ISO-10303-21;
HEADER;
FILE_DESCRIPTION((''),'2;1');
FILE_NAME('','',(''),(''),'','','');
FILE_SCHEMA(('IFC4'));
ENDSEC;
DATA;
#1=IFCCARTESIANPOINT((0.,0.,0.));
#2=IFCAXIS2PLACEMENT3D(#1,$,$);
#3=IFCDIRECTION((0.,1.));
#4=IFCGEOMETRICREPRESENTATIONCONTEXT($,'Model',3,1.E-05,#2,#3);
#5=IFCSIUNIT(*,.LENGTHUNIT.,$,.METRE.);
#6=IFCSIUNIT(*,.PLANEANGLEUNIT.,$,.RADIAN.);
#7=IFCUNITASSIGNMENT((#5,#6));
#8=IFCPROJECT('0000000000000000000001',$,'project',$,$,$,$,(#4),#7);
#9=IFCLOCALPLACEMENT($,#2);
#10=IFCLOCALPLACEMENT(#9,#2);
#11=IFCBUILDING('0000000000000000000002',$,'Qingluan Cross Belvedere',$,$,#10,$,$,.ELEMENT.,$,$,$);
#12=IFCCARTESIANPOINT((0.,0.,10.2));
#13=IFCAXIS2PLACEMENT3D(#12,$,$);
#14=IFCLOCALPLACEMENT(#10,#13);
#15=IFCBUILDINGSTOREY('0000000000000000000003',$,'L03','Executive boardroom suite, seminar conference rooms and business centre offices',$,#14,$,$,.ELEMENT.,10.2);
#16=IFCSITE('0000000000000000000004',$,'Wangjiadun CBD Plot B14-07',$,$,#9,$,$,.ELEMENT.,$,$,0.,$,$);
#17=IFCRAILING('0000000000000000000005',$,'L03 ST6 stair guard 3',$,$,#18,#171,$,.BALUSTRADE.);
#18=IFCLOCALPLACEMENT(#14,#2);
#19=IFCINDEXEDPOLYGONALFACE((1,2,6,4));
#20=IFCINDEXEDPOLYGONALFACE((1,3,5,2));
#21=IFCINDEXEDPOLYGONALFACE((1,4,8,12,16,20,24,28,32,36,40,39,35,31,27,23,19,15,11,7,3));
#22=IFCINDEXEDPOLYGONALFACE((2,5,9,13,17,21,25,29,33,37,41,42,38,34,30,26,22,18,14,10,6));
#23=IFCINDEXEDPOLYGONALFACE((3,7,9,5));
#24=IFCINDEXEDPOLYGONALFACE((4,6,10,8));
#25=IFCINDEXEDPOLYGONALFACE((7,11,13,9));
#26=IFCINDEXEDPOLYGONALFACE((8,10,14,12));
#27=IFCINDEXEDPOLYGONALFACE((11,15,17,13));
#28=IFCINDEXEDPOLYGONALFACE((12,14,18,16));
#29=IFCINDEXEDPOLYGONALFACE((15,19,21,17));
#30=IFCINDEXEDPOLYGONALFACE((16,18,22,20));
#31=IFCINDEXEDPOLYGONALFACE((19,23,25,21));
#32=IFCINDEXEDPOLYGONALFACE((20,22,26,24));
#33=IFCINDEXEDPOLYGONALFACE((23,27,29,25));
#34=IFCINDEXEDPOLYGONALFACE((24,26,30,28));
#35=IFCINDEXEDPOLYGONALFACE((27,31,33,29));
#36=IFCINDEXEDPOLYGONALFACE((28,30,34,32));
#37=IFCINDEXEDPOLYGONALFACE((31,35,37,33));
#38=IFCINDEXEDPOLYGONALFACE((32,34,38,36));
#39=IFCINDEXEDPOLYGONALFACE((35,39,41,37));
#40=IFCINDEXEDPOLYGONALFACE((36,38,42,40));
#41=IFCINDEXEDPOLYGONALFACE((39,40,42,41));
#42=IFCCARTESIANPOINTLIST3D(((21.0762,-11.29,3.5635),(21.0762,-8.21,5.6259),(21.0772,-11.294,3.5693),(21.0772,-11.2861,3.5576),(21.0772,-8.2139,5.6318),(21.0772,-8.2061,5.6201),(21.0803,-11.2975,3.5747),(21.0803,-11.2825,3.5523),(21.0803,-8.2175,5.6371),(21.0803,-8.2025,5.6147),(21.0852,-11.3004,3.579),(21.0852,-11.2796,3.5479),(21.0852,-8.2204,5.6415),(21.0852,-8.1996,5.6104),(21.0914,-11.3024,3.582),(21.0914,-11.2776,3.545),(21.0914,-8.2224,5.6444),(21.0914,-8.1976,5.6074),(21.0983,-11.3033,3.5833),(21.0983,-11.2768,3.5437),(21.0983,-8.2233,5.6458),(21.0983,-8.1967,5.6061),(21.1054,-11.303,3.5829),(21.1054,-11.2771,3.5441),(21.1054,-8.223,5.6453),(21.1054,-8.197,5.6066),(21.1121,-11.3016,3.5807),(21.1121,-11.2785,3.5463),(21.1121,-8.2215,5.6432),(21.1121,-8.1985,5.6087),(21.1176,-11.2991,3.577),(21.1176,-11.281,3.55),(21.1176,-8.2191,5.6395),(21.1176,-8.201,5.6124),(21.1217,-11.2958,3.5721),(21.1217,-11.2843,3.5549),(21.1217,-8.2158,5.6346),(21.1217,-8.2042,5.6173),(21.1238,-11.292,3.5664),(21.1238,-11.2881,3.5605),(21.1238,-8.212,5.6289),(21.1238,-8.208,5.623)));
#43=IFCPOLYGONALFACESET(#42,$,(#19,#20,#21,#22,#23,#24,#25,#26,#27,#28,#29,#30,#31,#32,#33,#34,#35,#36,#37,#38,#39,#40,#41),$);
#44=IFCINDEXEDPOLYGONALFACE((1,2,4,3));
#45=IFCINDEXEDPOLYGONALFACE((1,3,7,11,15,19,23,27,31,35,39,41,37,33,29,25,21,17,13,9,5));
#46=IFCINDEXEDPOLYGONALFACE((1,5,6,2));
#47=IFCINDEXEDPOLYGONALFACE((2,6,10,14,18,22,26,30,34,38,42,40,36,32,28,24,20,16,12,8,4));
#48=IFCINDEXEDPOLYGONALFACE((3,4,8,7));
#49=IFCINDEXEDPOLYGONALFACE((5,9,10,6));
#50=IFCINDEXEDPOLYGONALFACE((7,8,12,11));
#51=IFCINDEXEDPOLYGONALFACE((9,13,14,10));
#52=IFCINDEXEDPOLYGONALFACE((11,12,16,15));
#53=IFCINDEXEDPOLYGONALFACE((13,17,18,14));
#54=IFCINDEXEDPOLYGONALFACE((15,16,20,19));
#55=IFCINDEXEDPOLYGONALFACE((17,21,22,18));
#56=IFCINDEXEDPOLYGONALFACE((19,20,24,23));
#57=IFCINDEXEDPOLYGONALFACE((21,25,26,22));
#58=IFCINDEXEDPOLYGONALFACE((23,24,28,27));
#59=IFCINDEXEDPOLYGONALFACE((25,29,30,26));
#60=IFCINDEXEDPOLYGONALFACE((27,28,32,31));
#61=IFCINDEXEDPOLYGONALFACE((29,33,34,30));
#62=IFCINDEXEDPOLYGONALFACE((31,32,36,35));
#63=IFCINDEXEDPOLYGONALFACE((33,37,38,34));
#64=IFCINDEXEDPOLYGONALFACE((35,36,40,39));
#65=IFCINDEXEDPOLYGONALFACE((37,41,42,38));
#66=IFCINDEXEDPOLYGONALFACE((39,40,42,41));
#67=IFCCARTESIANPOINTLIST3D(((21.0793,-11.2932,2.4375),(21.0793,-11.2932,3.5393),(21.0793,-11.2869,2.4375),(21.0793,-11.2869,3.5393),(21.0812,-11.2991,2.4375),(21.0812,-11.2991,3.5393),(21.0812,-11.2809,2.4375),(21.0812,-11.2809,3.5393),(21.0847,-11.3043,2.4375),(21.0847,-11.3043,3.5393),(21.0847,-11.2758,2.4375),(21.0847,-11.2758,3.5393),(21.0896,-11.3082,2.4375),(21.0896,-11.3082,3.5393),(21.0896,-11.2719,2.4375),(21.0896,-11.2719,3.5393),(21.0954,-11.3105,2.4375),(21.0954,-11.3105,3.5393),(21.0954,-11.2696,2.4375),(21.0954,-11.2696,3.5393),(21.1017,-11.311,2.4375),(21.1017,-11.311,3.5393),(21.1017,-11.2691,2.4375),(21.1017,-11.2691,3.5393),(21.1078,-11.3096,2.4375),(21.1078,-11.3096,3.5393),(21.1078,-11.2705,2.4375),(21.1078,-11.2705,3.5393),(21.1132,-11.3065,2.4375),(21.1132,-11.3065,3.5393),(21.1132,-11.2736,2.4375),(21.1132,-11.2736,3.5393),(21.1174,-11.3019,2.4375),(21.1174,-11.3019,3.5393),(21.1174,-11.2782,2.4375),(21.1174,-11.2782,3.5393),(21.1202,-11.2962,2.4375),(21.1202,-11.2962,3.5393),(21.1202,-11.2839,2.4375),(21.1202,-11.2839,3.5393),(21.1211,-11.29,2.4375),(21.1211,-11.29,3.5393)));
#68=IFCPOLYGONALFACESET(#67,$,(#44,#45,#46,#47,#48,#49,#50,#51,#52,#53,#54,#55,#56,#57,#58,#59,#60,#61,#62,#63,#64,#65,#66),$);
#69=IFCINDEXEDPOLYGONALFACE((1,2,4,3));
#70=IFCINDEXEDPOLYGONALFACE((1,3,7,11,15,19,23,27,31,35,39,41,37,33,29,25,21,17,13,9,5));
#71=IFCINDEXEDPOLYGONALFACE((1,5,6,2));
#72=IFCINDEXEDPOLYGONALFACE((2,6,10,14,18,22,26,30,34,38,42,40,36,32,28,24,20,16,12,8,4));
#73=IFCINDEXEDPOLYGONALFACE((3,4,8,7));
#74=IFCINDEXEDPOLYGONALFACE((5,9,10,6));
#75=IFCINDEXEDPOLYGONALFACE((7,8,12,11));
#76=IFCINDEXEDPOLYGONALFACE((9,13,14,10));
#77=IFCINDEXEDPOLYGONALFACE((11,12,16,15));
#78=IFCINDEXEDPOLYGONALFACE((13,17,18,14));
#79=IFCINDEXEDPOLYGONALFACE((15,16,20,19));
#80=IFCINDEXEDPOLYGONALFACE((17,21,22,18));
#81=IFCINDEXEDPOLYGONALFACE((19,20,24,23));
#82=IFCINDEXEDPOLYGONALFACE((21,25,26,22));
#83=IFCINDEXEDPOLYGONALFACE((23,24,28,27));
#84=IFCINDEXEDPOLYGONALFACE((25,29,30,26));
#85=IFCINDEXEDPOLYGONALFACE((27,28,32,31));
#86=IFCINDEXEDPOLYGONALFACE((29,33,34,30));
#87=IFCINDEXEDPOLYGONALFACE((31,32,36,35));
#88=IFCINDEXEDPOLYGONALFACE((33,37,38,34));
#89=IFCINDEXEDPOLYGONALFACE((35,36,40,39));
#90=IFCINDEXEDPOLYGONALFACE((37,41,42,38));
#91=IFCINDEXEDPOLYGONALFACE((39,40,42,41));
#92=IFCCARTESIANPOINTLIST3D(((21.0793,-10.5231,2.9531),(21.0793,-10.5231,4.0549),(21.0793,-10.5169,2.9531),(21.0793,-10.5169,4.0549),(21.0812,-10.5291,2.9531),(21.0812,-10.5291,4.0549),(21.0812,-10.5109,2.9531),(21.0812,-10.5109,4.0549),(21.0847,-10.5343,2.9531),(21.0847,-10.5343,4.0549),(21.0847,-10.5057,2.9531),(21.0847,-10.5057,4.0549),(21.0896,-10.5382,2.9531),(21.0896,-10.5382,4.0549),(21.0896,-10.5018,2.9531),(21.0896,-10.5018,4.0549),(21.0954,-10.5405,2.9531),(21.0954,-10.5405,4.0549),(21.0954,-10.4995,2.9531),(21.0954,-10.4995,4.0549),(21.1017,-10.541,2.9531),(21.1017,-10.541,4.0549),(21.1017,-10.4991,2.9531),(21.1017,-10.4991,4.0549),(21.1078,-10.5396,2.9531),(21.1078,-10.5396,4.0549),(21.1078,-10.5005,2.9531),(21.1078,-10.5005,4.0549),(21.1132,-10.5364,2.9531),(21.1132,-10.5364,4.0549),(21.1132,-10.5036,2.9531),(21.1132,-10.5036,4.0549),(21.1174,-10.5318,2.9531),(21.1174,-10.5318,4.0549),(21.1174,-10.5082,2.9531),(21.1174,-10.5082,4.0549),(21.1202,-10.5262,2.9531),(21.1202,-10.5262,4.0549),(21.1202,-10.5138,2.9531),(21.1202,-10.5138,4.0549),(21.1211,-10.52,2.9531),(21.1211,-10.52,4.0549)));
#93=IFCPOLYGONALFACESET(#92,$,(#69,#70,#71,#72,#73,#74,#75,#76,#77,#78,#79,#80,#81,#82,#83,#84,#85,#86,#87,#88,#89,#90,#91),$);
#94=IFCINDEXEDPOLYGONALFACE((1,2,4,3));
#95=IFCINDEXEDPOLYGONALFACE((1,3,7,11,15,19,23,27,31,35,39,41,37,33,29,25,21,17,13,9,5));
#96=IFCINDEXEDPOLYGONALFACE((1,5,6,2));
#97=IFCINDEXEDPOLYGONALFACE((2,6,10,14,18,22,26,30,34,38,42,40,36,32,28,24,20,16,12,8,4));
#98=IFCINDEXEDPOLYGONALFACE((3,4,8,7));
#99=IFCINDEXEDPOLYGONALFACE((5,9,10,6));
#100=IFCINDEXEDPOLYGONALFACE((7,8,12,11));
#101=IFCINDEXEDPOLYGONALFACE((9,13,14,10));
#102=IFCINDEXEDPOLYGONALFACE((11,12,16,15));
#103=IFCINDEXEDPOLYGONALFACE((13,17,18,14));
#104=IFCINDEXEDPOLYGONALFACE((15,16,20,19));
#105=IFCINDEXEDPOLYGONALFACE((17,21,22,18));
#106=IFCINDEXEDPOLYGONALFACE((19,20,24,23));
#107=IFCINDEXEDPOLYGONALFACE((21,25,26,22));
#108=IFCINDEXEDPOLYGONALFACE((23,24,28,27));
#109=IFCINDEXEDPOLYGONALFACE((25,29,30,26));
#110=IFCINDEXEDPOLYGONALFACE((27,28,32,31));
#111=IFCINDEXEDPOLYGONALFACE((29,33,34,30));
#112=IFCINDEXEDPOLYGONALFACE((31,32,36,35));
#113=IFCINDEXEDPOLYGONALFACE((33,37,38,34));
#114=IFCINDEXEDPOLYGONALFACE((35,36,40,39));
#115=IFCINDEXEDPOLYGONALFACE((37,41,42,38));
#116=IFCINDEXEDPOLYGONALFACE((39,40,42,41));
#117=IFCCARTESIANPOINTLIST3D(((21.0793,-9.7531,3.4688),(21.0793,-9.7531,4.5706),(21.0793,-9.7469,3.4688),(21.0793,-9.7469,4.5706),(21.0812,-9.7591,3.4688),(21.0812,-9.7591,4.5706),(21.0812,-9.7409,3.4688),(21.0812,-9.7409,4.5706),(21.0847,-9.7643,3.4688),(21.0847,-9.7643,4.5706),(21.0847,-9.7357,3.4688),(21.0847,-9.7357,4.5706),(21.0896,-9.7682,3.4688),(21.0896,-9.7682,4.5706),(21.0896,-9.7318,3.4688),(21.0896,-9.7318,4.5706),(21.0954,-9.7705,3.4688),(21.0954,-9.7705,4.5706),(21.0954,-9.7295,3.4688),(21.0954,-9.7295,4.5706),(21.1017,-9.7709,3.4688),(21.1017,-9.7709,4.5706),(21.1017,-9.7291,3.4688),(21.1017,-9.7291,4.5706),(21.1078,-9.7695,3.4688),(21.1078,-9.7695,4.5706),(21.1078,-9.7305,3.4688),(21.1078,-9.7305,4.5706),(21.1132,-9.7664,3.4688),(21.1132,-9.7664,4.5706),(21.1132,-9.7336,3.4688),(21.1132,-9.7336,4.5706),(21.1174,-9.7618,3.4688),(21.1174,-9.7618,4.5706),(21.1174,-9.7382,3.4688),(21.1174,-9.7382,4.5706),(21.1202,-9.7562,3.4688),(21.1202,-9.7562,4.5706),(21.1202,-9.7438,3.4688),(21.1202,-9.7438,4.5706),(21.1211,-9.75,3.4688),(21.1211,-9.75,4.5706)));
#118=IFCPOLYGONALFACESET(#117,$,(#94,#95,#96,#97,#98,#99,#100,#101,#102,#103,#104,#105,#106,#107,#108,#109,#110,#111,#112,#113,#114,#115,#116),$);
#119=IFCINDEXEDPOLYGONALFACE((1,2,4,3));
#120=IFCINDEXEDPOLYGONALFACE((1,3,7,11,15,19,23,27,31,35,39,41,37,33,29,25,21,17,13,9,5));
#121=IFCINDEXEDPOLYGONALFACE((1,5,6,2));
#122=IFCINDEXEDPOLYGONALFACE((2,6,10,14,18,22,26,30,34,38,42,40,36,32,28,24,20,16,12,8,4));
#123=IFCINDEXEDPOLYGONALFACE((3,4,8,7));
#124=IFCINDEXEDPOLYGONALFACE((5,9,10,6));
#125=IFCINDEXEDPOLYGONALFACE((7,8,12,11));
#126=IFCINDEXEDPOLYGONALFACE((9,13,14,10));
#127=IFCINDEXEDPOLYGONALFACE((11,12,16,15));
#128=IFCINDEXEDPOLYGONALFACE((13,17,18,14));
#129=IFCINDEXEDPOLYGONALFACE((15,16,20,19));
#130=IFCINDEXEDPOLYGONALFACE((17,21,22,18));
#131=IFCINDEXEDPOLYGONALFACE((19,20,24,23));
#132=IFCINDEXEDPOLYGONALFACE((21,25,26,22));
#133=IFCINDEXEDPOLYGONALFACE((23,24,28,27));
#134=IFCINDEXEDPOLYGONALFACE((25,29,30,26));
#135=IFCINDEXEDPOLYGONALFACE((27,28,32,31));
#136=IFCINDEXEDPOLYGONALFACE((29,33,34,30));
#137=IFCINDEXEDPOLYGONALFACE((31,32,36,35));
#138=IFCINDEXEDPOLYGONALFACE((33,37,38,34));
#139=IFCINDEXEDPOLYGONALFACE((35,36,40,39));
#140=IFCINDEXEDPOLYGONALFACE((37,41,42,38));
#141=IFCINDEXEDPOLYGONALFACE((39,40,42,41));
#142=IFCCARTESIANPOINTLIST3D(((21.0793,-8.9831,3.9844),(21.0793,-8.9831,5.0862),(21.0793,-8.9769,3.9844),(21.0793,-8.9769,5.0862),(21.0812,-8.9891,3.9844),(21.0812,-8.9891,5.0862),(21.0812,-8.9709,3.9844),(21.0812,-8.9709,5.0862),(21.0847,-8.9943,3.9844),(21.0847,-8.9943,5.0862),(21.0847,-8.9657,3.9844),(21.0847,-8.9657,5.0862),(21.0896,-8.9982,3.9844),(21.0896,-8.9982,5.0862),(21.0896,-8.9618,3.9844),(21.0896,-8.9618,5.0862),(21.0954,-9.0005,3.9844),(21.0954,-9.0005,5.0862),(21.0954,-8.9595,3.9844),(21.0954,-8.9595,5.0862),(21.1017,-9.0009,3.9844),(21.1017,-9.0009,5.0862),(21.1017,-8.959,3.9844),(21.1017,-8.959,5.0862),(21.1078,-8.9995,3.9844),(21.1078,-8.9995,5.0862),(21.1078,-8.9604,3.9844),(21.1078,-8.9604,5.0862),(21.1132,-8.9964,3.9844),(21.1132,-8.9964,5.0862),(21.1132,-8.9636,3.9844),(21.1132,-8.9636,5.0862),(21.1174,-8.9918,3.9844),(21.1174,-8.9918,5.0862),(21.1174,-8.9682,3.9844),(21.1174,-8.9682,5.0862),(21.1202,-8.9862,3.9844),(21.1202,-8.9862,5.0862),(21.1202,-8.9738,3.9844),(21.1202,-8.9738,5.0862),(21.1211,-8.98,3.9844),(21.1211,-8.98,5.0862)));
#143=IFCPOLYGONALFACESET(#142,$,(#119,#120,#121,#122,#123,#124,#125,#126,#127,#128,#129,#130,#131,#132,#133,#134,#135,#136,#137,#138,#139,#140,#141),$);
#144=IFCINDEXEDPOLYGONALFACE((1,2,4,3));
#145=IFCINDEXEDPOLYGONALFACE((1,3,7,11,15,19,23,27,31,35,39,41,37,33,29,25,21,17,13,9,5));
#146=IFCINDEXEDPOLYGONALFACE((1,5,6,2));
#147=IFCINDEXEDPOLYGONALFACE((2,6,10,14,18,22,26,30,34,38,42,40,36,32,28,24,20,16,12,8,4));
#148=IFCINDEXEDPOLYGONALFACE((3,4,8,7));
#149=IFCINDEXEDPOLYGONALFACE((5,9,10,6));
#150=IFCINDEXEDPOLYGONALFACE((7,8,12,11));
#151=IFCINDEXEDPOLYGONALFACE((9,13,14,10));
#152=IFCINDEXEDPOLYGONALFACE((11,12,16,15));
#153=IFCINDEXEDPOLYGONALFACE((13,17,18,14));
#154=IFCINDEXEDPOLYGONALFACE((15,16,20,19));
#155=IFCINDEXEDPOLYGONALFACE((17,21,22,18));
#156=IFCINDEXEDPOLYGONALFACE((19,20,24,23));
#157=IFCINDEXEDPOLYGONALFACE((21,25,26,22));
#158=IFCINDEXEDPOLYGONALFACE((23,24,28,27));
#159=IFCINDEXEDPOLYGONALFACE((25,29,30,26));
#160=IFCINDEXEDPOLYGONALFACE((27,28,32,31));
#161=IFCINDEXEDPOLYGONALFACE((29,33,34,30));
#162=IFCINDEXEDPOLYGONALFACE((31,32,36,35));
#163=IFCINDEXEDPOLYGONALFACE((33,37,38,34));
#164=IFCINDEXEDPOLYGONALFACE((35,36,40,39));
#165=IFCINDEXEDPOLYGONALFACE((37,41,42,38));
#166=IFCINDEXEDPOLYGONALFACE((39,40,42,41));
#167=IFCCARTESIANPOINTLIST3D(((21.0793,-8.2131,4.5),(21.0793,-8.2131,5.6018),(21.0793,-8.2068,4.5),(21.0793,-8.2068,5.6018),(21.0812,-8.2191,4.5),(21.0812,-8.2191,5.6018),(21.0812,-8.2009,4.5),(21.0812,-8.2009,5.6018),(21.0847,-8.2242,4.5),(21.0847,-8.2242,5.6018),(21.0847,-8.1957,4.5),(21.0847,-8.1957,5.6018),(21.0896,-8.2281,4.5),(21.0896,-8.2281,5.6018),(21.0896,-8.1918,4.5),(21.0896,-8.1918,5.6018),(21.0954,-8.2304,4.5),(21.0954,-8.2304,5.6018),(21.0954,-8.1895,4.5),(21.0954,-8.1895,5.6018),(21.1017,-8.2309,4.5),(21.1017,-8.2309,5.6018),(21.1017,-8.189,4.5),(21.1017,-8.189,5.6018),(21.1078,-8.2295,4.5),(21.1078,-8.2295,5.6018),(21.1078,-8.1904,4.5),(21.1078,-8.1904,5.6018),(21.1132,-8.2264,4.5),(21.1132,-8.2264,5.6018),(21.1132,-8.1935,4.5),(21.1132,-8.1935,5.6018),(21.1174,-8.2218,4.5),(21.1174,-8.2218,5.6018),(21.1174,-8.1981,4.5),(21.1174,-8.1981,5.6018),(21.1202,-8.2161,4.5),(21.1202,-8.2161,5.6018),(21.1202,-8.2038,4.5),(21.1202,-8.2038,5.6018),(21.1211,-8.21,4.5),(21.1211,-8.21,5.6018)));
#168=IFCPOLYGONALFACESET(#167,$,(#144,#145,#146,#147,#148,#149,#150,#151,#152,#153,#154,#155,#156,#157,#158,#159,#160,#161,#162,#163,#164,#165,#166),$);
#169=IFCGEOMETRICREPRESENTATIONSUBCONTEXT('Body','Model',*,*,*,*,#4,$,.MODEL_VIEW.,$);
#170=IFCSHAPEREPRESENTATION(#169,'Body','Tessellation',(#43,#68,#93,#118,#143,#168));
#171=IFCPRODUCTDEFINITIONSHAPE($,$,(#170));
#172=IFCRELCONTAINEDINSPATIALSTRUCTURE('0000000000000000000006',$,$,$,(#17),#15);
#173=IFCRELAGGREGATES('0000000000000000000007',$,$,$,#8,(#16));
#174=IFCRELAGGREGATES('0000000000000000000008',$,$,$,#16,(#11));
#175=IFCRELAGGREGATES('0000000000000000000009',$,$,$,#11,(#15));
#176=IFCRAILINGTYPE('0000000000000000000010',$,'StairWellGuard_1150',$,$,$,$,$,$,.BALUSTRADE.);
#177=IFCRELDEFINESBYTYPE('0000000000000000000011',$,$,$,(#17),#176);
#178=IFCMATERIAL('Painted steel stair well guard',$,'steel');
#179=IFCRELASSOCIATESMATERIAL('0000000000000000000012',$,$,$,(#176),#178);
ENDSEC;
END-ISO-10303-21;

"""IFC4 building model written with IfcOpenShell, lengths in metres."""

from ifc_helpers import new_model, si_unit, direction, frame, origin, origin_2d, place, context, subcontext, project, spatial, circle, extrude, material, type_object, element, save


model = new_model("IFC4")

# Units and contexts
model_context = context("Model", 3, precision=1e-05, world=origin(), true_north=direction((0.0, 1.0)))
body_context = subcontext(model_context, "Body", "Model", "MODEL_VIEW")
ifc_project = project(units=[si_unit("LENGTHUNIT", "METRE"), si_unit("PLANEANGLEUNIT", "RADIAN")], contexts=[model_context])

# Site, building, storey
site_placement = place(None, origin())
site = spatial("IfcSite", under=ifc_project, at=site_placement, Name="Wangjiadun CBD Plot B14-07", CompositionType="ELEMENT", RefElevation=0.0)
building_placement = place(site_placement, origin())
building = spatial("IfcBuilding", under=site, at=building_placement, Name="Qingluan Cross Belvedere", CompositionType="ELEMENT")
storey_placement = place(building_placement, frame((0.0, 0.0, 10.2)))
storey = spatial("IfcBuildingStorey", under=building, at=storey_placement, Name="L03", Description="Executive boardroom suite, seminar conference rooms and business centre offices", CompositionType="ELEMENT", Elevation=10.2)

# Railing
ifc_material_1 = material(Name="Painted steel stair well guard", Category="steel")
railing_type_1 = type_object("IfcRailingType", Name="StairWellGuard_1150", PredefinedType="BALUSTRADE", material=ifc_material_1)
railing_1_placement = place(storey_placement, frame((21.1001, -11.29, 2.4375)))
element("IfcRailing", 1, at=railing_1_placement, inside=storey, type_object=railing_type_1, Name="L03 ST6 stair guard 3", PredefinedType="BALUSTRADE", context=body_context, shape_type="SweptSolid", body=[
    extrude(circle(Radius=0.0239, at=origin_2d()), frame((0.0, 0.0, 1.126), z_axis=(0.0, 0.830914, 0.556401), x_axis=(-1.0, 0.0, 0.0)), (0.0, 0.0, 1.0), 3.7068),
    extrude(circle(Radius=0.021, at=origin_2d()), origin(), (0.0, 0.0, 1.0), 1.1018),
    extrude(circle(Radius=0.021, at=origin_2d()), frame((0.0, 0.77, 0.5156)), (0.0, 0.0, 1.0), 1.1018),
    extrude(circle(Radius=0.021, at=origin_2d()), frame((0.0, 1.54, 1.0312)), (0.0, 0.0, 1.0), 1.1018),
    extrude(circle(Radius=0.021, at=origin_2d()), frame((0.0, 2.3101, 1.5469)), (0.0, 0.0, 1.0), 1.1018),
    extrude(circle(Radius=0.021, at=origin_2d()), frame((0.0, 3.0801, 2.0625)), (0.0, 0.0, 1.0), 1.1018),
])

save(model, "model.ifc")
